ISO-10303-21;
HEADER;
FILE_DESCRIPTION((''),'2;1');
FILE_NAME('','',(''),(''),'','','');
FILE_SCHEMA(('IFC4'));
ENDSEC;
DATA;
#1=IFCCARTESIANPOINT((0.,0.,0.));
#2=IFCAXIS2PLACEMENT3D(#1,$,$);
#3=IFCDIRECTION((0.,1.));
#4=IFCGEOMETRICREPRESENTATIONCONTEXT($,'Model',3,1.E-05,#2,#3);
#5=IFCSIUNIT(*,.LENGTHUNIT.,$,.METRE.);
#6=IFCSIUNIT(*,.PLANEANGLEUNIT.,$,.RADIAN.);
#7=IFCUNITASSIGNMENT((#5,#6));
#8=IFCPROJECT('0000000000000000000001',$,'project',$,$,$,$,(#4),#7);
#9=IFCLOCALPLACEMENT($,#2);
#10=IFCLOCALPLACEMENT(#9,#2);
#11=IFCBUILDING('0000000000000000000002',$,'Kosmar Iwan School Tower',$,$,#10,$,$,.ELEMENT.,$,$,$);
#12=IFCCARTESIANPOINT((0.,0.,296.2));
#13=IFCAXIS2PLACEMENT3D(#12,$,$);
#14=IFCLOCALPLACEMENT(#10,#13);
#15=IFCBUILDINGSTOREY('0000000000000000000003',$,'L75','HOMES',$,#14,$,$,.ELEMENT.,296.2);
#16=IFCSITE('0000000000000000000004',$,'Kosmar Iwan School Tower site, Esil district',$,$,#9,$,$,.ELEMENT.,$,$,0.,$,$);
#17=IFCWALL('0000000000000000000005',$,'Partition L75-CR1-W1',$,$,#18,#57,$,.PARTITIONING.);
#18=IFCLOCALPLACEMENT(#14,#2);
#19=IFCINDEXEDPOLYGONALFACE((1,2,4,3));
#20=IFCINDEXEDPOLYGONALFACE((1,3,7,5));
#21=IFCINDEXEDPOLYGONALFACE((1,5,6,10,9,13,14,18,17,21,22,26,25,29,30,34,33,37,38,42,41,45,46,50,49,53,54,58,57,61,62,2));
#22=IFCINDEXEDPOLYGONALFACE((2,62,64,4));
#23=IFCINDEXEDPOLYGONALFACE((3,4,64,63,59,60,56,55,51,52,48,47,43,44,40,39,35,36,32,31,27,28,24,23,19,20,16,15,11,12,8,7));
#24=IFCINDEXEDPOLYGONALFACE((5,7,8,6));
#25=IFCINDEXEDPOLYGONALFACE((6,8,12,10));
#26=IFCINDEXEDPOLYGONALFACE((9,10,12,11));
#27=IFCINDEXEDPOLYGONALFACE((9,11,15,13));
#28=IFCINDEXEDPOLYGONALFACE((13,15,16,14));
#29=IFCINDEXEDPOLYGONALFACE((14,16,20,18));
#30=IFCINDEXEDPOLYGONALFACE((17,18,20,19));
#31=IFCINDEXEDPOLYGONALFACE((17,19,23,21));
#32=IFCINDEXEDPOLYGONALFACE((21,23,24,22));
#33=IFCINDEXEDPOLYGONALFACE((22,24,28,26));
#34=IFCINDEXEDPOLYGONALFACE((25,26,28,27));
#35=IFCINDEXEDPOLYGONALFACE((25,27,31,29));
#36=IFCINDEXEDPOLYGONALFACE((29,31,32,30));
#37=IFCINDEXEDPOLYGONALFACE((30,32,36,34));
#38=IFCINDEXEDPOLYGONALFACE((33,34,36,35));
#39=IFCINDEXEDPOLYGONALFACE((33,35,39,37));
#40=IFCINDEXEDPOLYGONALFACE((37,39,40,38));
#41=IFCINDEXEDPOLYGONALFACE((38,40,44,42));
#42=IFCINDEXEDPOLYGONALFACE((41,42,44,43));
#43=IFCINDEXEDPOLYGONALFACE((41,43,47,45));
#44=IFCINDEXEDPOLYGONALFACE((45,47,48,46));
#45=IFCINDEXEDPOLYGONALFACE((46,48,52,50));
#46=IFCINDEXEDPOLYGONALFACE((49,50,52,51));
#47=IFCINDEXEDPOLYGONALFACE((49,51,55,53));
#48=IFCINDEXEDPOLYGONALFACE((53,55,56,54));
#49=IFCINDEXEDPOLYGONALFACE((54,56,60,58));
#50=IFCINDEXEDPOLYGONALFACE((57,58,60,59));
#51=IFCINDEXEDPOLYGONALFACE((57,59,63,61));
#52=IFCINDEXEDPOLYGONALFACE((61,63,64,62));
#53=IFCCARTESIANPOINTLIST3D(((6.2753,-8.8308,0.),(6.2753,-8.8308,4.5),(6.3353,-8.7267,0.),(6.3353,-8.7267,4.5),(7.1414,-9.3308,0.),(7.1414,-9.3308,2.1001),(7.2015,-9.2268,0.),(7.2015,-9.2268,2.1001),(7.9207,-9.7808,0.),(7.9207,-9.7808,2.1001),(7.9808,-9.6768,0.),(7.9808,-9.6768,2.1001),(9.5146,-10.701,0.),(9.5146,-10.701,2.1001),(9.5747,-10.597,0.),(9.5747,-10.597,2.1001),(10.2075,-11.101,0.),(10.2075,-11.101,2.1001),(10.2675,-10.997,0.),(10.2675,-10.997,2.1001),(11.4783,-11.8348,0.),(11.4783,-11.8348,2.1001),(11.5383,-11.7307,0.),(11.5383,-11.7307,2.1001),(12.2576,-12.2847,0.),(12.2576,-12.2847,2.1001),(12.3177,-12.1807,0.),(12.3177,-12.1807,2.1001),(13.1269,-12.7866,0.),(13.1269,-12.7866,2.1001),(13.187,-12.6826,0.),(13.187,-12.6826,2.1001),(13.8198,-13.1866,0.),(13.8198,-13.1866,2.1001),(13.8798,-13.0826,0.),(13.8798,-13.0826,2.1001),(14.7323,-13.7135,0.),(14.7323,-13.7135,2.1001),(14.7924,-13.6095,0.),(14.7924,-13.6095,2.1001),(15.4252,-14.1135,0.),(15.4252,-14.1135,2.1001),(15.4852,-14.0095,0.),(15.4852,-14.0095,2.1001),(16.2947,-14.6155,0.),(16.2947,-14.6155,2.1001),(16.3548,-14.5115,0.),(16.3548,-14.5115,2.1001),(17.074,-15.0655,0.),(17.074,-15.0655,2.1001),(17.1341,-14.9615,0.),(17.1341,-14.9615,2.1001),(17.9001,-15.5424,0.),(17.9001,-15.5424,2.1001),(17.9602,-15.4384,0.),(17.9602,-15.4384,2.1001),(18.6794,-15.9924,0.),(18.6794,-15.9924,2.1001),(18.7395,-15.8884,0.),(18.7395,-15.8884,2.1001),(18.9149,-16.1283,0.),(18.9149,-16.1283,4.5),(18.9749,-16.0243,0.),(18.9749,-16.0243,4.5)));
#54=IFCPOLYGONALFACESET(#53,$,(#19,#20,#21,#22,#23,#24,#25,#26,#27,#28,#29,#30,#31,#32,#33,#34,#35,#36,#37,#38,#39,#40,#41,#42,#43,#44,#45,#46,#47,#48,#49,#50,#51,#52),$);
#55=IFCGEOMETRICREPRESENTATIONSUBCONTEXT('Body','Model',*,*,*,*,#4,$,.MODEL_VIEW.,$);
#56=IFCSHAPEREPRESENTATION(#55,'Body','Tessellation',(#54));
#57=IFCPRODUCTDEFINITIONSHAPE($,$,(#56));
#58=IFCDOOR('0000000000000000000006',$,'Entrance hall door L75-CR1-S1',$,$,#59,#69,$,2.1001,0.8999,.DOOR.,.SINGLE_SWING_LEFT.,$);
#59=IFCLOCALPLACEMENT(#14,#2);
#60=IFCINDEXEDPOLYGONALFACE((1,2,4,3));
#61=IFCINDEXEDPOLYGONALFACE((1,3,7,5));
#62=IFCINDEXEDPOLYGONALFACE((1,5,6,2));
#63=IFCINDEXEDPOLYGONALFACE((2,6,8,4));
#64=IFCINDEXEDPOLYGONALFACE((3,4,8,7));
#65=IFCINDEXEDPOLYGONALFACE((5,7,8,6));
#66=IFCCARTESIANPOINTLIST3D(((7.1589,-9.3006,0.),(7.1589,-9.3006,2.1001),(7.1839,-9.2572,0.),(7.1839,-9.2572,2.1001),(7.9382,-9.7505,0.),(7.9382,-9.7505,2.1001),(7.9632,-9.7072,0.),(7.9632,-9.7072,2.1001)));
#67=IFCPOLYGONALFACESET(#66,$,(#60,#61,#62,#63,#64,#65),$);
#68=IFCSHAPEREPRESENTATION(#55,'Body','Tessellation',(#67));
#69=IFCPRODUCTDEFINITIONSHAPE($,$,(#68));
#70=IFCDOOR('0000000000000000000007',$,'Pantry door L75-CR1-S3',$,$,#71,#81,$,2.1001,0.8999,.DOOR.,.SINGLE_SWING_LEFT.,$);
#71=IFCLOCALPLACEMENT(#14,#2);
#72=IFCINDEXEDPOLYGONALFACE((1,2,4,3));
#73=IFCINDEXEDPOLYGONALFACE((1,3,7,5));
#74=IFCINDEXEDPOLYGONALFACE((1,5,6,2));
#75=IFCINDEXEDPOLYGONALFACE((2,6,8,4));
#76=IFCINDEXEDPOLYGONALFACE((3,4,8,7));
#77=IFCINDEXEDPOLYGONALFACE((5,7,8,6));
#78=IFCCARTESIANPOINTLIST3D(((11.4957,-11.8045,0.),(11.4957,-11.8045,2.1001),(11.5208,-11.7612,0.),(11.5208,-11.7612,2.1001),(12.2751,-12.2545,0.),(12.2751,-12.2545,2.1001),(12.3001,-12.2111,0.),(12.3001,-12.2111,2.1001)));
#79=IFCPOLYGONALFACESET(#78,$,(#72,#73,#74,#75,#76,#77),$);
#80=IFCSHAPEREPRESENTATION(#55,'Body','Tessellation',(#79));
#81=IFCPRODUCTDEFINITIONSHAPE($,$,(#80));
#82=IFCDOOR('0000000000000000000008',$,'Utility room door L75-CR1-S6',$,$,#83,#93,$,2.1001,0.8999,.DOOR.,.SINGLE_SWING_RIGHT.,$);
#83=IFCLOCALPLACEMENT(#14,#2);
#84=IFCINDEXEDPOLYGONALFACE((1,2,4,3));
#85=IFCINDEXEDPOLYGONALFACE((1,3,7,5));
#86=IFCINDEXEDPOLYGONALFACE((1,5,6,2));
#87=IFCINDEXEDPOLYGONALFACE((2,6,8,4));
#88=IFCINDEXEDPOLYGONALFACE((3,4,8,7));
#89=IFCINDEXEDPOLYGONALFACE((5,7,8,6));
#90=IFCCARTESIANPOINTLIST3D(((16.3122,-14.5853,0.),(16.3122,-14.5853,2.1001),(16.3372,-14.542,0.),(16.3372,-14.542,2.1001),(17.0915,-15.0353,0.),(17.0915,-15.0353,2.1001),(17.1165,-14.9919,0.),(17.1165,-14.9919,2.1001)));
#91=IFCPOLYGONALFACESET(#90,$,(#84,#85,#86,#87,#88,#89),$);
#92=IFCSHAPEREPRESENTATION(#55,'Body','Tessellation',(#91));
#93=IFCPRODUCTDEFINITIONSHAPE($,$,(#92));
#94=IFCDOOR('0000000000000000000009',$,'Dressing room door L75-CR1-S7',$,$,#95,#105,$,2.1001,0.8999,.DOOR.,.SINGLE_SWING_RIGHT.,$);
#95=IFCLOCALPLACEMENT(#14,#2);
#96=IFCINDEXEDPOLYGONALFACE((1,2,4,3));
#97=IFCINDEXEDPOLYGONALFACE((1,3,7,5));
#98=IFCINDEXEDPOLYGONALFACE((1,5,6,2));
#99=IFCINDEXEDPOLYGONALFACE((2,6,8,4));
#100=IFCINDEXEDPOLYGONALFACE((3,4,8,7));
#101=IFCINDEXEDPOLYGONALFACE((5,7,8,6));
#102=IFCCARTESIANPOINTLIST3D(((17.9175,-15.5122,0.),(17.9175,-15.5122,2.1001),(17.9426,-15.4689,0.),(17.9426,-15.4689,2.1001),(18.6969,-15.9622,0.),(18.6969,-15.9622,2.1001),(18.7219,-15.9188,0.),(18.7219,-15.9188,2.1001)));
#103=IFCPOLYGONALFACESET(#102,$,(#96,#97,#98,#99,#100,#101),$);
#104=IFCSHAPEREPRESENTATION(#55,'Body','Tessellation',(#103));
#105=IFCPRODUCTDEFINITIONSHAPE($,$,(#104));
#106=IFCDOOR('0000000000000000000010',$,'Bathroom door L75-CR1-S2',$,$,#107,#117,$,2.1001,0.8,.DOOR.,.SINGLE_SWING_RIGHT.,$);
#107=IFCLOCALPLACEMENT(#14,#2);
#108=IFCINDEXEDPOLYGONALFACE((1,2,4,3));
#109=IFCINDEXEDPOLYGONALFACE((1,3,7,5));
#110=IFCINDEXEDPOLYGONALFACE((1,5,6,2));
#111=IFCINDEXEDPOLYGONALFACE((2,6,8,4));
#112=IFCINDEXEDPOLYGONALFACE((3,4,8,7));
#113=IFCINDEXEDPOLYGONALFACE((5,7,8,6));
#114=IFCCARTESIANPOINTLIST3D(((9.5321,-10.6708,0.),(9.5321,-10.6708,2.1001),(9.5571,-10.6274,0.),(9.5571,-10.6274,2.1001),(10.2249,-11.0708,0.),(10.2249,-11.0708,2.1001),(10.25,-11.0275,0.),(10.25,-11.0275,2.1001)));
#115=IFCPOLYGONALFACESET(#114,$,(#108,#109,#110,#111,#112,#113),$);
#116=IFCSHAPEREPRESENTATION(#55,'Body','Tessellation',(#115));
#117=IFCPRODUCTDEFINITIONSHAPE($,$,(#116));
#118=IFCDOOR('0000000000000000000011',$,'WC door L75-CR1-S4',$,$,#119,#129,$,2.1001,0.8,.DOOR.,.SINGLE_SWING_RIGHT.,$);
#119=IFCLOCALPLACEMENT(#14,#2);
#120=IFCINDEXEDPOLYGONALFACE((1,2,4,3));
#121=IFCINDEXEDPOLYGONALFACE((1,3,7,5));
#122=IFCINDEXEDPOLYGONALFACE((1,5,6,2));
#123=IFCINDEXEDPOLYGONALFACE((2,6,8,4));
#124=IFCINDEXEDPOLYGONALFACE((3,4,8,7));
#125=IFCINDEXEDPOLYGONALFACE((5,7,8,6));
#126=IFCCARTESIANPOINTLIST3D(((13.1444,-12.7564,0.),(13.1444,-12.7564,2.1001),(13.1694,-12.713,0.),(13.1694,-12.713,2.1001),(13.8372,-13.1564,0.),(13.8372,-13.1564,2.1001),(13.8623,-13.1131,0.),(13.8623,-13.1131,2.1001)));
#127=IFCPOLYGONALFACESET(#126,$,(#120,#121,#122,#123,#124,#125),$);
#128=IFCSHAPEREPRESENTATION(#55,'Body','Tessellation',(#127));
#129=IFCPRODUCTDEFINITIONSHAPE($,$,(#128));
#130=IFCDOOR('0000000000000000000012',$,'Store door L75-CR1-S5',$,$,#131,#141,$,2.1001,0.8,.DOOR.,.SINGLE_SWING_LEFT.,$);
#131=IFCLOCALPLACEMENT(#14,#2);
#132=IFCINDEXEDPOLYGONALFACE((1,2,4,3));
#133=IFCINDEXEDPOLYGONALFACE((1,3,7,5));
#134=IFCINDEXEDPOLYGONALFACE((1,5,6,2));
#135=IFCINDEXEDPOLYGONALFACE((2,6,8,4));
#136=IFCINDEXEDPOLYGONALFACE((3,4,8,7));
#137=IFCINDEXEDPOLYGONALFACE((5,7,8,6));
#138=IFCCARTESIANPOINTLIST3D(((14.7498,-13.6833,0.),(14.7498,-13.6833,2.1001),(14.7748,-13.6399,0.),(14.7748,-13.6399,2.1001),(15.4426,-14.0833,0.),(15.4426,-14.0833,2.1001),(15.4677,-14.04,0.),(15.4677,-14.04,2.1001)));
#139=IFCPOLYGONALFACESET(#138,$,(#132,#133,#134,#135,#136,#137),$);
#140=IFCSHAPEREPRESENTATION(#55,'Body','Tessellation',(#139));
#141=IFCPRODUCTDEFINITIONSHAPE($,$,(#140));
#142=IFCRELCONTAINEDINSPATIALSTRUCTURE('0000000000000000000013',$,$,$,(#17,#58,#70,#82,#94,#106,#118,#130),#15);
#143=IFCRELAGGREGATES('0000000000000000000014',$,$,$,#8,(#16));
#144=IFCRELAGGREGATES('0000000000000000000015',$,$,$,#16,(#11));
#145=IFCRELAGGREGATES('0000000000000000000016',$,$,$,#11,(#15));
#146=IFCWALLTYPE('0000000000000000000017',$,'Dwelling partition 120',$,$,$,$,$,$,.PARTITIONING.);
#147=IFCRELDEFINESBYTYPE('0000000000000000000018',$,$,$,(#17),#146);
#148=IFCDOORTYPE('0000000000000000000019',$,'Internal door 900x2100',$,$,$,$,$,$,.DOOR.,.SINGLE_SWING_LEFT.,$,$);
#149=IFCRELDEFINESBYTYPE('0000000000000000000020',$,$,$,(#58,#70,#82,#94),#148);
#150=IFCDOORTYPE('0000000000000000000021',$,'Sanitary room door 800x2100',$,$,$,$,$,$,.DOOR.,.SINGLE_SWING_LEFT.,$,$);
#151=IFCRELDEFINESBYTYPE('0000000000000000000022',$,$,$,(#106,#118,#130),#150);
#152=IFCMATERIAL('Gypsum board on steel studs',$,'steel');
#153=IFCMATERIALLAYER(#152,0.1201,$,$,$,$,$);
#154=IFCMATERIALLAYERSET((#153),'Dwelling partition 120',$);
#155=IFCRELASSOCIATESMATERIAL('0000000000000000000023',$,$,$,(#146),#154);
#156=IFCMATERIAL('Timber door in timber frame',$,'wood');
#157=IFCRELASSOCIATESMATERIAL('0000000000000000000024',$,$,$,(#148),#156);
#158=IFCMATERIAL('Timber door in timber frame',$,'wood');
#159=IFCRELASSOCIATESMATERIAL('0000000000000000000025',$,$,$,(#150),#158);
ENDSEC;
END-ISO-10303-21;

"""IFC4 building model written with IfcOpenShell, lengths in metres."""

from ifc_helpers import new_model, si_unit, direction, frame, frame_2d, origin, place, context, subcontext, project, spatial, rectangle, extrude, material, layer, layer_set, type_object, element, fill, save


model = new_model("IFC4")

# Units and contexts
model_context = context("Model", 3, precision=1e-05, world=origin(), true_north=direction((0.0, 1.0)))
body_context = subcontext(model_context, "Body", "Model", "MODEL_VIEW")
ifc_project = project(units=[si_unit("LENGTHUNIT", "METRE"), si_unit("PLANEANGLEUNIT", "RADIAN")], contexts=[model_context])

# Site, building, storey
site_placement = place(None, origin())
site = spatial("IfcSite", under=ifc_project, at=site_placement, Name="Kosmar Iwan School Tower site, Esil district", CompositionType="ELEMENT", RefElevation=0.0)
building_placement = place(site_placement, origin())
building = spatial("IfcBuilding", under=site, at=building_placement, Name="Kosmar Iwan School Tower", CompositionType="ELEMENT")
storey_placement = place(building_placement, frame((0.0, 0.0, 296.2)))
storey = spatial("IfcBuildingStorey", under=building, at=storey_placement, Name="L75", Description="HOMES", CompositionType="ELEMENT", Elevation=296.2)

# Wall, openings, doors
ifc_material_1 = material(Name="Gypsum board on steel studs", Category="steel")
ifc_layer_1 = layer(ifc_material_1, 0.1201)
ifc_layer_set_1 = layer_set([ifc_layer_1], Name="Dwelling partition 120")
wall_type_1 = type_object("IfcWallType", Name="Dwelling partition 120", PredefinedType="PARTITIONING", material=ifc_layer_set_1)
wall_1_placement = place(storey_placement, frame((6.3054, -8.7788, 0.0), z_axis=(0.0, 0.0, 1.0), x_axis=(0.866022, -0.500005, 0.0)))
wall_1 = element("IfcWall", 1, at=wall_1_placement, inside=storey, type_object=wall_type_1, Name="Partition L75-CR1-W1", PredefinedType="PARTITIONING", context=body_context, shape_type="SweptSolid", body=[
    extrude(rectangle(XDim=14.595, YDim=0.1201, at=frame_2d((7.2974, 0.0))), origin(), (0.0, 0.0, 1.0), 4.5),
])
opening_1_placement = place(wall_1_placement, frame((1.0, 0.0, 0.0)))
opening_1 = element("IfcOpeningElement", 2, at=opening_1_placement, cuts=wall_1, PredefinedType="OPENING", context=body_context, shape_type="SweptSolid", body=[
    extrude(rectangle(XDim=0.8999, YDim=2.1001, at=frame_2d((0.45, 1.05))), frame((0.0, 0.072, 0.0), z_axis=(0.0, -1.0, 0.0), x_axis=(1.0, 0.0, 0.0)), (0.0, 0.0, 1.0), 0.144),
])
opening_2_placement = place(wall_1_placement, frame((3.7405, 0.0, 0.0)))
opening_2 = element("IfcOpeningElement", 3, at=opening_2_placement, cuts=wall_1, PredefinedType="OPENING", context=body_context, shape_type="SweptSolid", body=[
    extrude(rectangle(XDim=0.8, YDim=2.1001, at=frame_2d((0.3999, 1.05))), frame((0.0, 0.072, 0.0), z_axis=(0.0, -1.0, 0.0), x_axis=(1.0, 0.0, 0.0)), (0.0, 0.0, 1.0), 0.144),
])
opening_3_placement = place(wall_1_placement, frame((6.0078, 0.0, 0.0)))
opening_3 = element("IfcOpeningElement", 4, at=opening_3_placement, cuts=wall_1, PredefinedType="OPENING", context=body_context, shape_type="SweptSolid", body=[
    extrude(rectangle(XDim=0.8999, YDim=2.1001, at=frame_2d((0.45, 1.05))), frame((0.0, 0.072, 0.0), z_axis=(0.0, -1.0, 0.0), x_axis=(1.0, 0.0, 0.0)), (0.0, 0.0, 1.0), 0.144),
])
opening_4_placement = place(wall_1_placement, frame((7.9116, 0.0, 0.0)))
opening_4 = element("IfcOpeningElement", 5, at=opening_4_placement, cuts=wall_1, PredefinedType="OPENING", context=body_context, shape_type="SweptSolid", body=[
    extrude(rectangle(XDim=0.8, YDim=2.1001, at=frame_2d((0.3999, 1.05))), frame((0.0, 0.072, 0.0), z_axis=(0.0, -1.0, 0.0), x_axis=(1.0, 0.0, 0.0)), (0.0, 0.0, 1.0), 0.144),
])
opening_5_placement = place(wall_1_placement, frame((9.7654, 0.0, 0.0)))
opening_5 = element("IfcOpeningElement", 6, at=opening_5_placement, cuts=wall_1, PredefinedType="OPENING", context=body_context, shape_type="SweptSolid", body=[
    extrude(rectangle(XDim=0.8, YDim=2.1001, at=frame_2d((0.3999, 1.05))), frame((0.0, 0.072, 0.0), z_axis=(0.0, -1.0, 0.0), x_axis=(1.0, 0.0, 0.0)), (0.0, 0.0, 1.0), 0.144),
])
opening_6_placement = place(wall_1_placement, frame((11.5693, 0.0, 0.0)))
opening_6 = element("IfcOpeningElement", 7, at=opening_6_placement, cuts=wall_1, PredefinedType="OPENING", context=body_context, shape_type="SweptSolid", body=[
    extrude(rectangle(XDim=0.8999, YDim=2.1001, at=frame_2d((0.45, 1.05))), frame((0.0, 0.072, 0.0), z_axis=(0.0, -1.0, 0.0), x_axis=(1.0, 0.0, 0.0)), (0.0, 0.0, 1.0), 0.144),
])
opening_7_placement = place(wall_1_placement, frame((13.4231, 0.0, 0.0)))
opening_7 = element("IfcOpeningElement", 8, at=opening_7_placement, cuts=wall_1, PredefinedType="OPENING", context=body_context, shape_type="SweptSolid", body=[
    extrude(rectangle(XDim=0.8999, YDim=2.1001, at=frame_2d((0.45, 1.05))), frame((0.0, 0.072, 0.0), z_axis=(0.0, -1.0, 0.0), x_axis=(1.0, 0.0, 0.0)), (0.0, 0.0, 1.0), 0.144),
])
ifc_material_2 = material(Name="Timber door in timber frame", Category="wood")
door_type_1 = type_object("IfcDoorType", Name="Internal door 900x2100", OperationType="SINGLE_SWING_LEFT", PredefinedType="DOOR", material=ifc_material_2)
door_1_placement = place(opening_1_placement, origin())
door_1 = element("IfcDoor", 9, at=door_1_placement, inside=storey, type_object=door_type_1, Name="Entrance hall door L75-CR1-S1", OperationType="SINGLE_SWING_LEFT", OverallHeight=2.1001, OverallWidth=0.8999, PredefinedType="DOOR", context=body_context, shape_type="SweptSolid", body=[
    extrude(rectangle(XDim=0.8999, YDim=2.1001, at=frame_2d((0.45, 1.05))), frame((0.0, 0.0249, 0.0), z_axis=(0.0, -1.0, 0.0), x_axis=(1.0, 0.0, 0.0)), (0.0, 0.0, 1.0), 0.05),
])
fill(opening_1, door_1)
door_2_placement = place(opening_3_placement, origin())
door_2 = element("IfcDoor", 10, at=door_2_placement, inside=storey, type_object=door_type_1, Name="Pantry door L75-CR1-S3", OperationType="SINGLE_SWING_LEFT", OverallHeight=2.1001, OverallWidth=0.8999, PredefinedType="DOOR", context=body_context, shape_type="SweptSolid", body=[
    extrude(rectangle(XDim=0.8999, YDim=2.1001, at=frame_2d((0.45, 1.05))), frame((0.0, 0.0249, 0.0), z_axis=(0.0, -1.0, 0.0), x_axis=(1.0, 0.0, 0.0)), (0.0, 0.0, 1.0), 0.05),
])
fill(opening_3, door_2)
door_3_placement = place(opening_6_placement, origin())
door_3 = element("IfcDoor", 11, at=door_3_placement, inside=storey, type_object=door_type_1, Name="Utility room door L75-CR1-S6", OperationType="SINGLE_SWING_RIGHT", OverallHeight=2.1001, OverallWidth=0.8999, PredefinedType="DOOR", context=body_context, shape_type="SweptSolid", body=[
    extrude(rectangle(XDim=0.8999, YDim=2.1001, at=frame_2d((0.45, 1.05))), frame((0.0, 0.0249, 0.0), z_axis=(0.0, -1.0, 0.0), x_axis=(1.0, 0.0, 0.0)), (0.0, 0.0, 1.0), 0.05),
])
fill(opening_6, door_3)
door_4_placement = place(opening_7_placement, origin())
door_4 = element("IfcDoor", 12, at=door_4_placement, inside=storey, type_object=door_type_1, Name="Dressing room door L75-CR1-S7", OperationType="SINGLE_SWING_RIGHT", OverallHeight=2.1001, OverallWidth=0.8999, PredefinedType="DOOR", context=body_context, shape_type="SweptSolid", body=[
    extrude(rectangle(XDim=0.8999, YDim=2.1001, at=frame_2d((0.45, 1.05))), frame((0.0, 0.0249, 0.0), z_axis=(0.0, -1.0, 0.0), x_axis=(1.0, 0.0, 0.0)), (0.0, 0.0, 1.0), 0.05),
])
fill(opening_7, door_4)
ifc_material_3 = material(Name="Timber door in timber frame", Category="wood")
door_type_2 = type_object("IfcDoorType", Name="Sanitary room door 800x2100", OperationType="SINGLE_SWING_LEFT", PredefinedType="DOOR", material=ifc_material_3)
door_5_placement = place(opening_2_placement, origin())
door_5 = element("IfcDoor", 13, at=door_5_placement, inside=storey, type_object=door_type_2, Name="Bathroom door L75-CR1-S2", OperationType="SINGLE_SWING_RIGHT", OverallHeight=2.1001, OverallWidth=0.8, PredefinedType="DOOR", context=body_context, shape_type="SweptSolid", body=[
    extrude(rectangle(XDim=0.8, YDim=2.1001, at=frame_2d((0.3999, 1.05))), frame((0.0, 0.0249, 0.0), z_axis=(0.0, -1.0, 0.0), x_axis=(1.0, 0.0, 0.0)), (0.0, 0.0, 1.0), 0.05),
])
fill(opening_2, door_5)
door_6_placement = place(opening_4_placement, origin())
door_6 = element("IfcDoor", 14, at=door_6_placement, inside=storey, type_object=door_type_2, Name="WC door L75-CR1-S4", OperationType="SINGLE_SWING_RIGHT", OverallHeight=2.1001, OverallWidth=0.8, PredefinedType="DOOR", context=body_context, shape_type="SweptSolid", body=[
    extrude(rectangle(XDim=0.8, YDim=2.1001, at=frame_2d((0.3999, 1.05))), frame((0.0, 0.0249, 0.0), z_axis=(0.0, -1.0, 0.0), x_axis=(1.0, 0.0, 0.0)), (0.0, 0.0, 1.0), 0.05),
])
fill(opening_4, door_6)
door_7_placement = place(opening_5_placement, origin())
door_7 = element("IfcDoor", 15, at=door_7_placement, inside=storey, type_object=door_type_2, Name="Store door L75-CR1-S5", OperationType="SINGLE_SWING_LEFT", OverallHeight=2.1001, OverallWidth=0.8, PredefinedType="DOOR", context=body_context, shape_type="SweptSolid", body=[
    extrude(rectangle(XDim=0.8, YDim=2.1001, at=frame_2d((0.3999, 1.05))), frame((0.0, 0.0249, 0.0), z_axis=(0.0, -1.0, 0.0), x_axis=(1.0, 0.0, 0.0)), (0.0, 0.0, 1.0), 0.05),
])
fill(opening_5, door_7)

save(model, "model.ifc")
